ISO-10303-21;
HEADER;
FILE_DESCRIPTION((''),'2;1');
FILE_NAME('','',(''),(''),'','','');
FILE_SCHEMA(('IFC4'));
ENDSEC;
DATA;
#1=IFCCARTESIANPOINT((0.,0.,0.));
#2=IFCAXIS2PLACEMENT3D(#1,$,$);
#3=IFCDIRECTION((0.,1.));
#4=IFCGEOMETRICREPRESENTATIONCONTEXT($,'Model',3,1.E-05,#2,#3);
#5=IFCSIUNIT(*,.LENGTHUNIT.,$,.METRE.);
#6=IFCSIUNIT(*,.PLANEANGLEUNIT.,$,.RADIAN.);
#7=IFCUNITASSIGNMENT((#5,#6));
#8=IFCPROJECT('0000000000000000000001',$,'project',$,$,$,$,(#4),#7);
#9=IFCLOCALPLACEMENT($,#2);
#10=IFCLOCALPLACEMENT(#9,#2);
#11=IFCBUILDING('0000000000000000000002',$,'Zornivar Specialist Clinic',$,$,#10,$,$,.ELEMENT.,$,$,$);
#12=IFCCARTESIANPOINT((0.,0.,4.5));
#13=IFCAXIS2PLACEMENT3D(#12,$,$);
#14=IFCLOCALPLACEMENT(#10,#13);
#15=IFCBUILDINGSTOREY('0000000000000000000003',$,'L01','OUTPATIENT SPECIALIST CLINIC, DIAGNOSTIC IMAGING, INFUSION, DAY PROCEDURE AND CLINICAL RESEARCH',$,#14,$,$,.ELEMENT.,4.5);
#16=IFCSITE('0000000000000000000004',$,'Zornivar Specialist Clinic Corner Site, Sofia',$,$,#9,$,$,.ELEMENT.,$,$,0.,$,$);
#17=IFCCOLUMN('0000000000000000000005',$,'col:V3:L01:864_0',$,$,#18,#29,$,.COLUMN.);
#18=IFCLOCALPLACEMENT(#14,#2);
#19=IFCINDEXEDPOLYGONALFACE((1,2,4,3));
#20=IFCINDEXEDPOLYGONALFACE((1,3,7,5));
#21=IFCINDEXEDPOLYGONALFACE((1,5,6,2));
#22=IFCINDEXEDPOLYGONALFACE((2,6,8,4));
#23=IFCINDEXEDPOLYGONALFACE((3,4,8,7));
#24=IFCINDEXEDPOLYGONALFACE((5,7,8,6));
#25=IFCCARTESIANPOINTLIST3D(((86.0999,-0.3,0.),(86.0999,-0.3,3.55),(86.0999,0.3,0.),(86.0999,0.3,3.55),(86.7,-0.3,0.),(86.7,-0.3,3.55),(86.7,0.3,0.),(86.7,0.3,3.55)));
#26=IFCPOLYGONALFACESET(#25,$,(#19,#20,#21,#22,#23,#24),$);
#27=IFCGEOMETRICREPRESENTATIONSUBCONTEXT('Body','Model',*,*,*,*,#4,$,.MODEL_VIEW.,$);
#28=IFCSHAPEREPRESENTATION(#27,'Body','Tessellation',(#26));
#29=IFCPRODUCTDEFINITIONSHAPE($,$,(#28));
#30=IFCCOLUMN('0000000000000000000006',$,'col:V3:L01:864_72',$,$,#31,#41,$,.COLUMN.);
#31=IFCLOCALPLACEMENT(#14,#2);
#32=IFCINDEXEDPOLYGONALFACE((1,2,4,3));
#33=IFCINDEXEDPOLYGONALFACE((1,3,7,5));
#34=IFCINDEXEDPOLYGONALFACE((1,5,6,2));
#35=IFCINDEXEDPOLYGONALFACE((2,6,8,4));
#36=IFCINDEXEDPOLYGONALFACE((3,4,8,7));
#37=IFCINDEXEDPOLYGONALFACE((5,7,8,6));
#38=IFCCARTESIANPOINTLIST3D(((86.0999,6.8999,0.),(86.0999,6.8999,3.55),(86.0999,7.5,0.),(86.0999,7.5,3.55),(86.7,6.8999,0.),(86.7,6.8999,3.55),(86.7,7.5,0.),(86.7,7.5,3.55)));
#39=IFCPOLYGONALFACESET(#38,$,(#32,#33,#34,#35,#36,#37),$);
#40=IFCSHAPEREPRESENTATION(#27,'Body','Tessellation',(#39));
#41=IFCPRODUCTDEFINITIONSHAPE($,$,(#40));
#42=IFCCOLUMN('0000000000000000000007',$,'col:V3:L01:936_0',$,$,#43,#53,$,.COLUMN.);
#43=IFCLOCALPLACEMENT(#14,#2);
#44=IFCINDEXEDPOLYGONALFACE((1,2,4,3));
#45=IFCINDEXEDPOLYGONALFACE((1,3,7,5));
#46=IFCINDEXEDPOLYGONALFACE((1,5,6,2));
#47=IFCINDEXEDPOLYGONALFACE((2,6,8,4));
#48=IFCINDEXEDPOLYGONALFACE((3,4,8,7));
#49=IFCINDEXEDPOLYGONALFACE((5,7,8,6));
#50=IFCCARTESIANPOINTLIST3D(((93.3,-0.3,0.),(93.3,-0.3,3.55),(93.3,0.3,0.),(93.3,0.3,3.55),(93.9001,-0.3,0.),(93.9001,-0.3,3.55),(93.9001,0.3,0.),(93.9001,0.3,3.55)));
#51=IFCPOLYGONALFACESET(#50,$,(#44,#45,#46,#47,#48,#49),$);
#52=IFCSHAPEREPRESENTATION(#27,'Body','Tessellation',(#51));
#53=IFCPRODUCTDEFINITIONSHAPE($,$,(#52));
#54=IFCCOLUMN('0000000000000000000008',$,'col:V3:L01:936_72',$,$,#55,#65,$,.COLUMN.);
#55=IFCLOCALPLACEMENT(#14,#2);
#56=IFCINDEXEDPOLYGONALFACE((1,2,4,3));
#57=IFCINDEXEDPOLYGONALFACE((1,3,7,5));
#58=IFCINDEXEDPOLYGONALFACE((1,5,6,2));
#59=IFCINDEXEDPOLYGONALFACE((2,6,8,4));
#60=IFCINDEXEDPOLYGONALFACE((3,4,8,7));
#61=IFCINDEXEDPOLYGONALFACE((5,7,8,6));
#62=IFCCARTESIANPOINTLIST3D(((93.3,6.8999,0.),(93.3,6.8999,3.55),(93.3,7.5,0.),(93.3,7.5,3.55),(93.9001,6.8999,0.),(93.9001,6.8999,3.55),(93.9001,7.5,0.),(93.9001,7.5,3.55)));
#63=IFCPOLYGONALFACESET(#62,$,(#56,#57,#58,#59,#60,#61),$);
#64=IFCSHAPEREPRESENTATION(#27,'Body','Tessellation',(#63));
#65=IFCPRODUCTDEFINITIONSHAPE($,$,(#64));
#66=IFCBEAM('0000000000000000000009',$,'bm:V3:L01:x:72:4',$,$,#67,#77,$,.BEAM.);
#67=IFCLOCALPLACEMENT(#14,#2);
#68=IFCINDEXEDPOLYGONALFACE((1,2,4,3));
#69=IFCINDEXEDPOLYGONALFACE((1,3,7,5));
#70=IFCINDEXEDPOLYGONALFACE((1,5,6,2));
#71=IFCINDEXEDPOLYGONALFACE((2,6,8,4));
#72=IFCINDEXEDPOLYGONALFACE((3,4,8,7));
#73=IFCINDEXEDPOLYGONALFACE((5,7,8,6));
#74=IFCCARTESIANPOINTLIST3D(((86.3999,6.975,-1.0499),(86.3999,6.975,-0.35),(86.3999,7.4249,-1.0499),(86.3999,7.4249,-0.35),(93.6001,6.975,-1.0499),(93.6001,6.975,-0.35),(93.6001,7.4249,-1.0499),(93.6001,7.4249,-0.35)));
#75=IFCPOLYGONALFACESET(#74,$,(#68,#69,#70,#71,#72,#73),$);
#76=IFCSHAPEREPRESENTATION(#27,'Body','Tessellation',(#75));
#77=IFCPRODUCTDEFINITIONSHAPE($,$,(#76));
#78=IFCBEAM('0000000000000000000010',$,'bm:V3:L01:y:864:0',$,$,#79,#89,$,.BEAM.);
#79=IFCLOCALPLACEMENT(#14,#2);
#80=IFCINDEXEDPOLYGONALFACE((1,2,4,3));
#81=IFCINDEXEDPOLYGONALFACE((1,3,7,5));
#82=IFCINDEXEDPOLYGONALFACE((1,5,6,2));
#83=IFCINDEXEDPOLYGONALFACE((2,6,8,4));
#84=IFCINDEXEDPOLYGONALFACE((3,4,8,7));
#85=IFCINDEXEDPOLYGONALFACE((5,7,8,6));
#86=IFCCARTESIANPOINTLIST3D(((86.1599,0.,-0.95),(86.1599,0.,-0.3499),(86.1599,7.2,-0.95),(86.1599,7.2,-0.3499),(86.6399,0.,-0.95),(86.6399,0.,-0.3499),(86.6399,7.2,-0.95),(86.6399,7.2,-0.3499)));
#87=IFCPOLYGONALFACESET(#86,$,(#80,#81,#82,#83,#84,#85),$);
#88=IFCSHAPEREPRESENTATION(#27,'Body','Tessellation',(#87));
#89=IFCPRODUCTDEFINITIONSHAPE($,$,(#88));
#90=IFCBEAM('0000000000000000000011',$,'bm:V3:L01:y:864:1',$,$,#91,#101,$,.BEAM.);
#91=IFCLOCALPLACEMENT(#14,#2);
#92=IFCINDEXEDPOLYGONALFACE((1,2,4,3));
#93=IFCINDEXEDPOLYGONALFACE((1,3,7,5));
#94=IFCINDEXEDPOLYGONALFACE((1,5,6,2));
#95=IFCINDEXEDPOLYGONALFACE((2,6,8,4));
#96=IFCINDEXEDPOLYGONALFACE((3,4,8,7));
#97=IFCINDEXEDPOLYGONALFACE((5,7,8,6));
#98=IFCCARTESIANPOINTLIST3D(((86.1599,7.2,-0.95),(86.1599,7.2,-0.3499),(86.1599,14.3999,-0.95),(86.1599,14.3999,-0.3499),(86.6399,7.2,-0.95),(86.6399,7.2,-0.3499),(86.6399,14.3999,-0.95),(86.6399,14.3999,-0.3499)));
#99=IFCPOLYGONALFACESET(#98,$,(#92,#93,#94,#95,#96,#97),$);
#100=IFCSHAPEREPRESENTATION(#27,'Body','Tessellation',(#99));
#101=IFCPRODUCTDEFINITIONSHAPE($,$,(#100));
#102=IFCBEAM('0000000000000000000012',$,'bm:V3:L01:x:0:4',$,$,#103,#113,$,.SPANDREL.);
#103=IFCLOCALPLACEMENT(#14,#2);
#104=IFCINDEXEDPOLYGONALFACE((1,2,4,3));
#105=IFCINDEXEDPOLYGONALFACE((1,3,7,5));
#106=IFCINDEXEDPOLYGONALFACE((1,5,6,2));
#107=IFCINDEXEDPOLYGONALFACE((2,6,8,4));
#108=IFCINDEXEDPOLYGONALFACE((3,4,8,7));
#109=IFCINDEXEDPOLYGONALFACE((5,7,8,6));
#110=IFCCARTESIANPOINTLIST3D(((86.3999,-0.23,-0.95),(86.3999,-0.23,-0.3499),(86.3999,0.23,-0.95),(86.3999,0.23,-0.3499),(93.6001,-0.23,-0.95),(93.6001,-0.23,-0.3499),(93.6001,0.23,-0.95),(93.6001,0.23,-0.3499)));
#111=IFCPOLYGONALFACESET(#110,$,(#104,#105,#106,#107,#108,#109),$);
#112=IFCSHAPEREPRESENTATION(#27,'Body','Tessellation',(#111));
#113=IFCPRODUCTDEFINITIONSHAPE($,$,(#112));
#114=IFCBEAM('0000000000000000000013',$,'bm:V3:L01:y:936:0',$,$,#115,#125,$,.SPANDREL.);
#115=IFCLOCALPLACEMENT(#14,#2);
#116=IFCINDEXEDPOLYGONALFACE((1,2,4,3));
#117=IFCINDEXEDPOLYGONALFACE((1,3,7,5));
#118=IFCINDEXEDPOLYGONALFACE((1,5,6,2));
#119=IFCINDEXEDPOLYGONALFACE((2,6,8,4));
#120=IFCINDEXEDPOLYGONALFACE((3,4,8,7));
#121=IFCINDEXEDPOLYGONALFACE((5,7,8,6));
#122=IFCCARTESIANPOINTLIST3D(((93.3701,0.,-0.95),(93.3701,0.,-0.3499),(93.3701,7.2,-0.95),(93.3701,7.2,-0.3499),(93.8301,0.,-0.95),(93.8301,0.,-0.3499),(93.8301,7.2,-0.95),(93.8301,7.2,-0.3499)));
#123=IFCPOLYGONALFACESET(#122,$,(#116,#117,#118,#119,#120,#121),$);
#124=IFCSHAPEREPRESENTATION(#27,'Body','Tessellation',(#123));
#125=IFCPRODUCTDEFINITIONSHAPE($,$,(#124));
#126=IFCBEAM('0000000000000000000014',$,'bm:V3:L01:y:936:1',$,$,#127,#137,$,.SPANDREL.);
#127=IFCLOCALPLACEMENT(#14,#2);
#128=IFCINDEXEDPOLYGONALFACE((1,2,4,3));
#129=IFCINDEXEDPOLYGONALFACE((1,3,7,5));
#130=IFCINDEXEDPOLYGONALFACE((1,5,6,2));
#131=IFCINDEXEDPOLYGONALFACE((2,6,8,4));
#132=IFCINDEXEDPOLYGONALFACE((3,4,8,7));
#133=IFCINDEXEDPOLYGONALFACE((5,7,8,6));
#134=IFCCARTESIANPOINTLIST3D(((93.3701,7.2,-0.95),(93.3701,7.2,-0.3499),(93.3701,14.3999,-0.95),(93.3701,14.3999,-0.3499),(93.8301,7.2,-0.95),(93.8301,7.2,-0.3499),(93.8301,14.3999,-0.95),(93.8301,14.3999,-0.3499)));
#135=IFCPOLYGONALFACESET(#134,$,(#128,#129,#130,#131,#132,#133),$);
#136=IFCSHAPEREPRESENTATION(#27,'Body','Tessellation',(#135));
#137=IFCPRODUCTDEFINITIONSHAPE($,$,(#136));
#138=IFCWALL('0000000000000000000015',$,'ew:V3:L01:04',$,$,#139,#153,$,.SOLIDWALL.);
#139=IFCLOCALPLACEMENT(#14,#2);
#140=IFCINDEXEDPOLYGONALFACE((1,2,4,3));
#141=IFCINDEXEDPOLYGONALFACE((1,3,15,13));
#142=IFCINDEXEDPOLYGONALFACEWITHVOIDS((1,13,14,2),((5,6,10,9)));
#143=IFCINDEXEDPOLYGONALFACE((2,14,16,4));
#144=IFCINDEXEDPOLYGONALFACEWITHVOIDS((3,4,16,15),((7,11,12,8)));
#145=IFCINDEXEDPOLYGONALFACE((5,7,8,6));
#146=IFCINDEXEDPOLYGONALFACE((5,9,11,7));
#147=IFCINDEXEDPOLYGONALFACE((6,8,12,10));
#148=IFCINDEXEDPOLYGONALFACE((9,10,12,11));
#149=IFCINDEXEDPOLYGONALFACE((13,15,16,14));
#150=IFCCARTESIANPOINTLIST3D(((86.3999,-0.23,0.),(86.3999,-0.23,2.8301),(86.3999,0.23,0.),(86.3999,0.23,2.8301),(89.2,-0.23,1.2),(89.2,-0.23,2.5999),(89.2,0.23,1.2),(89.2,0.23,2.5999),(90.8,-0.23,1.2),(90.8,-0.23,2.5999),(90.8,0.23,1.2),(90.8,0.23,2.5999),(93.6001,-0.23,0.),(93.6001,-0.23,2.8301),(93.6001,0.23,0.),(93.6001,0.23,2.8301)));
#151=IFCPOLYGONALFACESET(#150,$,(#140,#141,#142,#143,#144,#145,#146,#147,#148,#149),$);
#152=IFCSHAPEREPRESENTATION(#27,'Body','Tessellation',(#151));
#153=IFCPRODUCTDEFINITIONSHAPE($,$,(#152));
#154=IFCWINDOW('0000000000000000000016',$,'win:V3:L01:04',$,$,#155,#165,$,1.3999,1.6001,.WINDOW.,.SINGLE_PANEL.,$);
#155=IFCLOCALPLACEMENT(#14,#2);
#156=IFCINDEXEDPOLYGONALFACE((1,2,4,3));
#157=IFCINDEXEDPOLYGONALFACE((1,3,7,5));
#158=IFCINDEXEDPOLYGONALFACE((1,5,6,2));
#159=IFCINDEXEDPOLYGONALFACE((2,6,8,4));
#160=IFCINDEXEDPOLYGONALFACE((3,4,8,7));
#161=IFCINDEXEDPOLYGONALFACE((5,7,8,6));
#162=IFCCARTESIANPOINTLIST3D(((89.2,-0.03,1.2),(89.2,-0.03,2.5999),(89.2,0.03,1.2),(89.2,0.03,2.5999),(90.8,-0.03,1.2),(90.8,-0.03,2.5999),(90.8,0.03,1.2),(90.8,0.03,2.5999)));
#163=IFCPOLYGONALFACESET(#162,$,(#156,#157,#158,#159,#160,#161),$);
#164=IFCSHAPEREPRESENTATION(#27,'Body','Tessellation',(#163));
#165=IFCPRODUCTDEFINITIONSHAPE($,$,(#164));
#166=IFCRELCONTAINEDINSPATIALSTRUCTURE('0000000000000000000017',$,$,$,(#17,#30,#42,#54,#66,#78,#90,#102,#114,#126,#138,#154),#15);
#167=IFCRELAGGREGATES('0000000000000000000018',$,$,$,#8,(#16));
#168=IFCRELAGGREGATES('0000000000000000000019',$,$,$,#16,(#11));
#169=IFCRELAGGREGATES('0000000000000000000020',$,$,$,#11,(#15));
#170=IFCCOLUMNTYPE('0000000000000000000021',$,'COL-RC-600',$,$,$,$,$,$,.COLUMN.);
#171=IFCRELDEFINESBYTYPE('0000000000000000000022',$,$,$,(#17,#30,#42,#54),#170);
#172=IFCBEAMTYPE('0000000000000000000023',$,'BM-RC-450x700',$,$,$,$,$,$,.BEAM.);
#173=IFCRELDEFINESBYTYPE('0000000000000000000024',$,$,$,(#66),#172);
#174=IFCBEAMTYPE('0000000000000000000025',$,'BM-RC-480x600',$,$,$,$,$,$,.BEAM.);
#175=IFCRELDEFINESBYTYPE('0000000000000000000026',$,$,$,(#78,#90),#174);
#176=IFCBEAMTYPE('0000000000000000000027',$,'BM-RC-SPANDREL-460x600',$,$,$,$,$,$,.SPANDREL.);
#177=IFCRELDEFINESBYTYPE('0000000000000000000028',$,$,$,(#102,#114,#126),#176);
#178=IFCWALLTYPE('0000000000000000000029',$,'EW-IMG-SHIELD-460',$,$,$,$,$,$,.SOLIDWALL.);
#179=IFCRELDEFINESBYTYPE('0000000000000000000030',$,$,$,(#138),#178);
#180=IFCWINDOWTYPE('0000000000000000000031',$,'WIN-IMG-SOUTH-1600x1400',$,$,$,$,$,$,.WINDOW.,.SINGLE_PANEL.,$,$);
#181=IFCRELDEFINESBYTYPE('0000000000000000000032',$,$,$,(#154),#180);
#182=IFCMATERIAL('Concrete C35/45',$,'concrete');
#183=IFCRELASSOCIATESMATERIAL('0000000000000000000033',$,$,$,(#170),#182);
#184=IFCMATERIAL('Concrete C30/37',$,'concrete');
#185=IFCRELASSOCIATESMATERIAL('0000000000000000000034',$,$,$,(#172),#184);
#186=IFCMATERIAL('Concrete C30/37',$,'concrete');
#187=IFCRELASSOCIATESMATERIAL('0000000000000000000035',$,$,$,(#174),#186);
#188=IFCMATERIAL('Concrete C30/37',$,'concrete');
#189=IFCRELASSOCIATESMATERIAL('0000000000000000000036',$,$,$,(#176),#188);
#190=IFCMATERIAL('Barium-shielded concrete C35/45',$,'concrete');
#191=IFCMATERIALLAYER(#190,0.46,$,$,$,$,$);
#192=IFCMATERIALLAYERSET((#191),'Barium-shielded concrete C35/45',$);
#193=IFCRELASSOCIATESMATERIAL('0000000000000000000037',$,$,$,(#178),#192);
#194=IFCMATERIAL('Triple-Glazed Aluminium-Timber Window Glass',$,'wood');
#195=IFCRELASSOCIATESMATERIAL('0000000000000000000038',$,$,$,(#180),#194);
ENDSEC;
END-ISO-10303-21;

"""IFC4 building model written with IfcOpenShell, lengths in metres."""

from ifc_helpers import new_model, si_unit, direction, frame, frame_2d, origin, origin_2d, place, context, subcontext, project, spatial, rectangle, extrude, material, layer, layer_set, material_profile, profile_set, type_object, element, fill, save


model = new_model("IFC4")

# Units and contexts
model_context = context("Model", 3, precision=1e-05, world=origin(), true_north=direction((0.0, 1.0)))
body_context = subcontext(model_context, "Body", "Model", "MODEL_VIEW")
ifc_project = project(units=[si_unit("LENGTHUNIT", "METRE"), si_unit("PLANEANGLEUNIT", "RADIAN")], contexts=[model_context])

# Site, building, storey
site_placement = place(None, origin())
site = spatial("IfcSite", under=ifc_project, at=site_placement, Name="Zornivar Specialist Clinic Corner Site, Sofia", CompositionType="ELEMENT", RefElevation=0.0)
building_placement = place(site_placement, origin())
building = spatial("IfcBuilding", under=site, at=building_placement, Name="Zornivar Specialist Clinic", CompositionType="ELEMENT")
storey_placement = place(building_placement, frame((0.0, 0.0, 4.5)))
storey = spatial("IfcBuildingStorey", under=building, at=storey_placement, Name="L01", Description="OUTPATIENT SPECIALIST CLINIC, DIAGNOSTIC IMAGING, INFUSION, DAY PROCEDURE AND CLINICAL RESEARCH", CompositionType="ELEMENT", Elevation=4.5)

# Columns
ifc_material_1 = material(Name="Concrete C35/45", Category="concrete")
ifc_material_profile_1 = material_profile(ifc_material_1, rectangle(XDim=0.6001, YDim=0.6001, at=origin_2d()), Name="RC 600x600")
ifc_profile_set_1 = profile_set([ifc_material_profile_1], Name="Concrete C35/45")
column_type = type_object("IfcColumnType", Name="COL-RC-600", PredefinedType="COLUMN", material=ifc_profile_set_1)
for number, where, z_axis, x_axis, name in (
    (1, (86.3999, 0.0, 0.0), (0.0, 0.0, 1.0), (1.0, 0.0, 0.0), "col:V3:L01:864_0"),
    (2, (86.3999, 7.2, 0.0), (0.0, 0.0, 1.0), (1.0, 0.0, 0.0), "col:V3:L01:864_72"),
    (3, (93.6001, 0.0, 0.0), (0.0, 0.0, 1.0), (1.0, 0.0, 0.0), "col:V3:L01:936_0"),
    (4, (93.6001, 7.2, 0.0), (0.0, 0.0, 1.0), (1.0, 0.0, 0.0), "col:V3:L01:936_72"),
):
    element("IfcColumn", number, at=place(storey_placement, frame(where, z_axis=z_axis, x_axis=x_axis)), inside=storey, type_object=column_type, Name=name, PredefinedType="COLUMN", context=body_context, shape_type="SweptSolid", body=[
        extrude(rectangle(XDim=0.6001, YDim=0.6001, at=origin_2d()), origin(), (0.0, 0.0, 1.0), 3.55),
    ])

# Beams
ifc_material_2 = material(Name="Concrete C30/37", Category="concrete")
ifc_material_profile_2 = material_profile(ifc_material_2, rectangle(XDim=0.45, YDim=0.7, at=origin_2d()), Name="RC 450x700")
ifc_profile_set_2 = profile_set([ifc_material_profile_2], Name="Concrete C30/37")
beam_type_1 = type_object("IfcBeamType", Name="BM-RC-450x700", PredefinedType="BEAM", material=ifc_profile_set_2)
beam_1_placement = place(storey_placement, frame((86.3999, 7.2, -0.7), z_axis=(1.0, 0.0, 0.0), x_axis=(0.0, 1.0, 0.0)))
element("IfcBeam", 5, at=beam_1_placement, inside=storey, type_object=beam_type_1, Name="bm:V3:L01:x:72:4", PredefinedType="BEAM", context=body_context, shape_type="SweptSolid", body=[
    extrude(rectangle(XDim=0.45, YDim=0.7, at=origin_2d()), origin(), (0.0, 0.0, 1.0), 7.2002),
])
ifc_material_3 = material(Name="Concrete C30/37", Category="concrete")
ifc_material_profile_3 = material_profile(ifc_material_3, rectangle(XDim=0.48, YDim=0.6001, at=origin_2d()), Name="RC 480x600")
ifc_profile_set_3 = profile_set([ifc_material_profile_3], Name="Concrete C30/37")
beam_type_2 = type_object("IfcBeamType", Name="BM-RC-480x600", PredefinedType="BEAM", material=ifc_profile_set_3)
for number, where, z_axis, x_axis, name in (
    (6, (86.3999, 0.0, -0.6499), (0.0, 1.0, 0.0), (-1.0, 0.0, 0.0), "bm:V3:L01:y:864:0"),
    (7, (86.3999, 7.2, -0.6499), (0.0, 1.0, 0.0), (-1.0, 0.0, 0.0), "bm:V3:L01:y:864:1"),
):
    element("IfcBeam", number, at=place(storey_placement, frame(where, z_axis=z_axis, x_axis=x_axis)), inside=storey, type_object=beam_type_2, Name=name, PredefinedType="BEAM", context=body_context, shape_type="SweptSolid", body=[
        extrude(rectangle(XDim=0.48, YDim=0.6001, at=origin_2d()), origin(), (0.0, 0.0, 1.0), 7.2),
    ])
ifc_material_4 = material(Name="Concrete C30/37", Category="concrete")
ifc_material_profile_4 = material_profile(ifc_material_4, rectangle(XDim=0.46, YDim=0.6001, at=origin_2d()), Name="RC 460x600")
ifc_profile_set_4 = profile_set([ifc_material_profile_4], Name="Concrete C30/37")
beam_type_3 = type_object("IfcBeamType", Name="BM-RC-SPANDREL-460x600", PredefinedType="SPANDREL", material=ifc_profile_set_4)
beam_2_placement = place(storey_placement, frame((86.3999, 0.0, -0.6499), z_axis=(1.0, 0.0, 0.0), x_axis=(0.0, 1.0, 0.0)))
element("IfcBeam", 8, at=beam_2_placement, inside=storey, type_object=beam_type_3, Name="bm:V3:L01:x:0:4", PredefinedType="SPANDREL", context=body_context, shape_type="SweptSolid", body=[
    extrude(rectangle(XDim=0.46, YDim=0.6001, at=origin_2d()), origin(), (0.0, 0.0, 1.0), 7.2002),
])
for number, where, z_axis, x_axis, name in (
    (9, (93.6001, 0.0, -0.6499), (0.0, 1.0, 0.0), (-1.0, 0.0, 0.0), "bm:V3:L01:y:936:0"),
    (10, (93.6001, 7.2, -0.6499), (0.0, 1.0, 0.0), (-1.0, 0.0, 0.0), "bm:V3:L01:y:936:1"),
):
    element("IfcBeam", number, at=place(storey_placement, frame(where, z_axis=z_axis, x_axis=x_axis)), inside=storey, type_object=beam_type_3, Name=name, PredefinedType="SPANDREL", context=body_context, shape_type="SweptSolid", body=[
        extrude(rectangle(XDim=0.46, YDim=0.6001, at=origin_2d()), origin(), (0.0, 0.0, 1.0), 7.2),
    ])

# Wall, opening, window
ifc_material_5 = material(Name="Barium-shielded concrete C35/45", Category="concrete")
ifc_layer_1 = layer(ifc_material_5, 0.46)
ifc_layer_set_1 = layer_set([ifc_layer_1], Name="Barium-shielded concrete C35/45")
wall_type_1 = type_object("IfcWallType", Name="EW-IMG-SHIELD-460", PredefinedType="SOLIDWALL", material=ifc_layer_set_1)
wall_1_placement = place(storey_placement, frame((86.3999, 0.0, 0.0), z_axis=(0.0, 0.0, 1.0), x_axis=(1.0, 0.0, 0.0)))
wall_1 = element("IfcWall", 11, at=wall_1_placement, inside=storey, type_object=wall_type_1, Name="ew:V3:L01:04", PredefinedType="SOLIDWALL", context=body_context, shape_type="SweptSolid", body=[
    extrude(rectangle(XDim=7.2002, YDim=0.46, at=frame_2d((3.6001, 0.0))), origin(), (0.0, 0.0, 1.0), 2.8301),
])
opening_1_placement = place(wall_1_placement, frame((2.8, 0.0, 1.2)))
opening_1 = element("IfcOpeningElement", 12, at=opening_1_placement, cuts=wall_1, PredefinedType="OPENING", context=body_context, shape_type="SweptSolid", body=[
    extrude(rectangle(XDim=1.6001, YDim=1.3999, at=frame_2d((0.8, 0.7))), frame((0.0, 0.24, 0.0), z_axis=(0.0, -1.0, 0.0), x_axis=(1.0, 0.0, 0.0)), (0.0, 0.0, 1.0), 0.48),
])
ifc_material_6 = material(Name="Triple-Glazed Aluminium-Timber Window Glass", Category="wood")
window_type_1 = type_object("IfcWindowType", Name="WIN-IMG-SOUTH-1600x1400", PartitioningType="SINGLE_PANEL", PredefinedType="WINDOW", material=ifc_material_6)
window_1_placement = place(opening_1_placement, origin())
window_1 = element("IfcWindow", 13, at=window_1_placement, inside=storey, type_object=window_type_1, Name="win:V3:L01:04", OverallHeight=1.3999, OverallWidth=1.6001, PartitioningType="SINGLE_PANEL", PredefinedType="WINDOW", context=body_context, shape_type="SweptSolid", body=[
    extrude(rectangle(XDim=1.6001, YDim=1.3999, at=frame_2d((0.8, 0.7))), frame((0.0, 0.03, 0.0), z_axis=(0.0, -1.0, 0.0), x_axis=(1.0, 0.0, 0.0)), (0.0, 0.0, 1.0), 0.0601),
])
fill(opening_1, window_1)

save(model, "model.ifc")
